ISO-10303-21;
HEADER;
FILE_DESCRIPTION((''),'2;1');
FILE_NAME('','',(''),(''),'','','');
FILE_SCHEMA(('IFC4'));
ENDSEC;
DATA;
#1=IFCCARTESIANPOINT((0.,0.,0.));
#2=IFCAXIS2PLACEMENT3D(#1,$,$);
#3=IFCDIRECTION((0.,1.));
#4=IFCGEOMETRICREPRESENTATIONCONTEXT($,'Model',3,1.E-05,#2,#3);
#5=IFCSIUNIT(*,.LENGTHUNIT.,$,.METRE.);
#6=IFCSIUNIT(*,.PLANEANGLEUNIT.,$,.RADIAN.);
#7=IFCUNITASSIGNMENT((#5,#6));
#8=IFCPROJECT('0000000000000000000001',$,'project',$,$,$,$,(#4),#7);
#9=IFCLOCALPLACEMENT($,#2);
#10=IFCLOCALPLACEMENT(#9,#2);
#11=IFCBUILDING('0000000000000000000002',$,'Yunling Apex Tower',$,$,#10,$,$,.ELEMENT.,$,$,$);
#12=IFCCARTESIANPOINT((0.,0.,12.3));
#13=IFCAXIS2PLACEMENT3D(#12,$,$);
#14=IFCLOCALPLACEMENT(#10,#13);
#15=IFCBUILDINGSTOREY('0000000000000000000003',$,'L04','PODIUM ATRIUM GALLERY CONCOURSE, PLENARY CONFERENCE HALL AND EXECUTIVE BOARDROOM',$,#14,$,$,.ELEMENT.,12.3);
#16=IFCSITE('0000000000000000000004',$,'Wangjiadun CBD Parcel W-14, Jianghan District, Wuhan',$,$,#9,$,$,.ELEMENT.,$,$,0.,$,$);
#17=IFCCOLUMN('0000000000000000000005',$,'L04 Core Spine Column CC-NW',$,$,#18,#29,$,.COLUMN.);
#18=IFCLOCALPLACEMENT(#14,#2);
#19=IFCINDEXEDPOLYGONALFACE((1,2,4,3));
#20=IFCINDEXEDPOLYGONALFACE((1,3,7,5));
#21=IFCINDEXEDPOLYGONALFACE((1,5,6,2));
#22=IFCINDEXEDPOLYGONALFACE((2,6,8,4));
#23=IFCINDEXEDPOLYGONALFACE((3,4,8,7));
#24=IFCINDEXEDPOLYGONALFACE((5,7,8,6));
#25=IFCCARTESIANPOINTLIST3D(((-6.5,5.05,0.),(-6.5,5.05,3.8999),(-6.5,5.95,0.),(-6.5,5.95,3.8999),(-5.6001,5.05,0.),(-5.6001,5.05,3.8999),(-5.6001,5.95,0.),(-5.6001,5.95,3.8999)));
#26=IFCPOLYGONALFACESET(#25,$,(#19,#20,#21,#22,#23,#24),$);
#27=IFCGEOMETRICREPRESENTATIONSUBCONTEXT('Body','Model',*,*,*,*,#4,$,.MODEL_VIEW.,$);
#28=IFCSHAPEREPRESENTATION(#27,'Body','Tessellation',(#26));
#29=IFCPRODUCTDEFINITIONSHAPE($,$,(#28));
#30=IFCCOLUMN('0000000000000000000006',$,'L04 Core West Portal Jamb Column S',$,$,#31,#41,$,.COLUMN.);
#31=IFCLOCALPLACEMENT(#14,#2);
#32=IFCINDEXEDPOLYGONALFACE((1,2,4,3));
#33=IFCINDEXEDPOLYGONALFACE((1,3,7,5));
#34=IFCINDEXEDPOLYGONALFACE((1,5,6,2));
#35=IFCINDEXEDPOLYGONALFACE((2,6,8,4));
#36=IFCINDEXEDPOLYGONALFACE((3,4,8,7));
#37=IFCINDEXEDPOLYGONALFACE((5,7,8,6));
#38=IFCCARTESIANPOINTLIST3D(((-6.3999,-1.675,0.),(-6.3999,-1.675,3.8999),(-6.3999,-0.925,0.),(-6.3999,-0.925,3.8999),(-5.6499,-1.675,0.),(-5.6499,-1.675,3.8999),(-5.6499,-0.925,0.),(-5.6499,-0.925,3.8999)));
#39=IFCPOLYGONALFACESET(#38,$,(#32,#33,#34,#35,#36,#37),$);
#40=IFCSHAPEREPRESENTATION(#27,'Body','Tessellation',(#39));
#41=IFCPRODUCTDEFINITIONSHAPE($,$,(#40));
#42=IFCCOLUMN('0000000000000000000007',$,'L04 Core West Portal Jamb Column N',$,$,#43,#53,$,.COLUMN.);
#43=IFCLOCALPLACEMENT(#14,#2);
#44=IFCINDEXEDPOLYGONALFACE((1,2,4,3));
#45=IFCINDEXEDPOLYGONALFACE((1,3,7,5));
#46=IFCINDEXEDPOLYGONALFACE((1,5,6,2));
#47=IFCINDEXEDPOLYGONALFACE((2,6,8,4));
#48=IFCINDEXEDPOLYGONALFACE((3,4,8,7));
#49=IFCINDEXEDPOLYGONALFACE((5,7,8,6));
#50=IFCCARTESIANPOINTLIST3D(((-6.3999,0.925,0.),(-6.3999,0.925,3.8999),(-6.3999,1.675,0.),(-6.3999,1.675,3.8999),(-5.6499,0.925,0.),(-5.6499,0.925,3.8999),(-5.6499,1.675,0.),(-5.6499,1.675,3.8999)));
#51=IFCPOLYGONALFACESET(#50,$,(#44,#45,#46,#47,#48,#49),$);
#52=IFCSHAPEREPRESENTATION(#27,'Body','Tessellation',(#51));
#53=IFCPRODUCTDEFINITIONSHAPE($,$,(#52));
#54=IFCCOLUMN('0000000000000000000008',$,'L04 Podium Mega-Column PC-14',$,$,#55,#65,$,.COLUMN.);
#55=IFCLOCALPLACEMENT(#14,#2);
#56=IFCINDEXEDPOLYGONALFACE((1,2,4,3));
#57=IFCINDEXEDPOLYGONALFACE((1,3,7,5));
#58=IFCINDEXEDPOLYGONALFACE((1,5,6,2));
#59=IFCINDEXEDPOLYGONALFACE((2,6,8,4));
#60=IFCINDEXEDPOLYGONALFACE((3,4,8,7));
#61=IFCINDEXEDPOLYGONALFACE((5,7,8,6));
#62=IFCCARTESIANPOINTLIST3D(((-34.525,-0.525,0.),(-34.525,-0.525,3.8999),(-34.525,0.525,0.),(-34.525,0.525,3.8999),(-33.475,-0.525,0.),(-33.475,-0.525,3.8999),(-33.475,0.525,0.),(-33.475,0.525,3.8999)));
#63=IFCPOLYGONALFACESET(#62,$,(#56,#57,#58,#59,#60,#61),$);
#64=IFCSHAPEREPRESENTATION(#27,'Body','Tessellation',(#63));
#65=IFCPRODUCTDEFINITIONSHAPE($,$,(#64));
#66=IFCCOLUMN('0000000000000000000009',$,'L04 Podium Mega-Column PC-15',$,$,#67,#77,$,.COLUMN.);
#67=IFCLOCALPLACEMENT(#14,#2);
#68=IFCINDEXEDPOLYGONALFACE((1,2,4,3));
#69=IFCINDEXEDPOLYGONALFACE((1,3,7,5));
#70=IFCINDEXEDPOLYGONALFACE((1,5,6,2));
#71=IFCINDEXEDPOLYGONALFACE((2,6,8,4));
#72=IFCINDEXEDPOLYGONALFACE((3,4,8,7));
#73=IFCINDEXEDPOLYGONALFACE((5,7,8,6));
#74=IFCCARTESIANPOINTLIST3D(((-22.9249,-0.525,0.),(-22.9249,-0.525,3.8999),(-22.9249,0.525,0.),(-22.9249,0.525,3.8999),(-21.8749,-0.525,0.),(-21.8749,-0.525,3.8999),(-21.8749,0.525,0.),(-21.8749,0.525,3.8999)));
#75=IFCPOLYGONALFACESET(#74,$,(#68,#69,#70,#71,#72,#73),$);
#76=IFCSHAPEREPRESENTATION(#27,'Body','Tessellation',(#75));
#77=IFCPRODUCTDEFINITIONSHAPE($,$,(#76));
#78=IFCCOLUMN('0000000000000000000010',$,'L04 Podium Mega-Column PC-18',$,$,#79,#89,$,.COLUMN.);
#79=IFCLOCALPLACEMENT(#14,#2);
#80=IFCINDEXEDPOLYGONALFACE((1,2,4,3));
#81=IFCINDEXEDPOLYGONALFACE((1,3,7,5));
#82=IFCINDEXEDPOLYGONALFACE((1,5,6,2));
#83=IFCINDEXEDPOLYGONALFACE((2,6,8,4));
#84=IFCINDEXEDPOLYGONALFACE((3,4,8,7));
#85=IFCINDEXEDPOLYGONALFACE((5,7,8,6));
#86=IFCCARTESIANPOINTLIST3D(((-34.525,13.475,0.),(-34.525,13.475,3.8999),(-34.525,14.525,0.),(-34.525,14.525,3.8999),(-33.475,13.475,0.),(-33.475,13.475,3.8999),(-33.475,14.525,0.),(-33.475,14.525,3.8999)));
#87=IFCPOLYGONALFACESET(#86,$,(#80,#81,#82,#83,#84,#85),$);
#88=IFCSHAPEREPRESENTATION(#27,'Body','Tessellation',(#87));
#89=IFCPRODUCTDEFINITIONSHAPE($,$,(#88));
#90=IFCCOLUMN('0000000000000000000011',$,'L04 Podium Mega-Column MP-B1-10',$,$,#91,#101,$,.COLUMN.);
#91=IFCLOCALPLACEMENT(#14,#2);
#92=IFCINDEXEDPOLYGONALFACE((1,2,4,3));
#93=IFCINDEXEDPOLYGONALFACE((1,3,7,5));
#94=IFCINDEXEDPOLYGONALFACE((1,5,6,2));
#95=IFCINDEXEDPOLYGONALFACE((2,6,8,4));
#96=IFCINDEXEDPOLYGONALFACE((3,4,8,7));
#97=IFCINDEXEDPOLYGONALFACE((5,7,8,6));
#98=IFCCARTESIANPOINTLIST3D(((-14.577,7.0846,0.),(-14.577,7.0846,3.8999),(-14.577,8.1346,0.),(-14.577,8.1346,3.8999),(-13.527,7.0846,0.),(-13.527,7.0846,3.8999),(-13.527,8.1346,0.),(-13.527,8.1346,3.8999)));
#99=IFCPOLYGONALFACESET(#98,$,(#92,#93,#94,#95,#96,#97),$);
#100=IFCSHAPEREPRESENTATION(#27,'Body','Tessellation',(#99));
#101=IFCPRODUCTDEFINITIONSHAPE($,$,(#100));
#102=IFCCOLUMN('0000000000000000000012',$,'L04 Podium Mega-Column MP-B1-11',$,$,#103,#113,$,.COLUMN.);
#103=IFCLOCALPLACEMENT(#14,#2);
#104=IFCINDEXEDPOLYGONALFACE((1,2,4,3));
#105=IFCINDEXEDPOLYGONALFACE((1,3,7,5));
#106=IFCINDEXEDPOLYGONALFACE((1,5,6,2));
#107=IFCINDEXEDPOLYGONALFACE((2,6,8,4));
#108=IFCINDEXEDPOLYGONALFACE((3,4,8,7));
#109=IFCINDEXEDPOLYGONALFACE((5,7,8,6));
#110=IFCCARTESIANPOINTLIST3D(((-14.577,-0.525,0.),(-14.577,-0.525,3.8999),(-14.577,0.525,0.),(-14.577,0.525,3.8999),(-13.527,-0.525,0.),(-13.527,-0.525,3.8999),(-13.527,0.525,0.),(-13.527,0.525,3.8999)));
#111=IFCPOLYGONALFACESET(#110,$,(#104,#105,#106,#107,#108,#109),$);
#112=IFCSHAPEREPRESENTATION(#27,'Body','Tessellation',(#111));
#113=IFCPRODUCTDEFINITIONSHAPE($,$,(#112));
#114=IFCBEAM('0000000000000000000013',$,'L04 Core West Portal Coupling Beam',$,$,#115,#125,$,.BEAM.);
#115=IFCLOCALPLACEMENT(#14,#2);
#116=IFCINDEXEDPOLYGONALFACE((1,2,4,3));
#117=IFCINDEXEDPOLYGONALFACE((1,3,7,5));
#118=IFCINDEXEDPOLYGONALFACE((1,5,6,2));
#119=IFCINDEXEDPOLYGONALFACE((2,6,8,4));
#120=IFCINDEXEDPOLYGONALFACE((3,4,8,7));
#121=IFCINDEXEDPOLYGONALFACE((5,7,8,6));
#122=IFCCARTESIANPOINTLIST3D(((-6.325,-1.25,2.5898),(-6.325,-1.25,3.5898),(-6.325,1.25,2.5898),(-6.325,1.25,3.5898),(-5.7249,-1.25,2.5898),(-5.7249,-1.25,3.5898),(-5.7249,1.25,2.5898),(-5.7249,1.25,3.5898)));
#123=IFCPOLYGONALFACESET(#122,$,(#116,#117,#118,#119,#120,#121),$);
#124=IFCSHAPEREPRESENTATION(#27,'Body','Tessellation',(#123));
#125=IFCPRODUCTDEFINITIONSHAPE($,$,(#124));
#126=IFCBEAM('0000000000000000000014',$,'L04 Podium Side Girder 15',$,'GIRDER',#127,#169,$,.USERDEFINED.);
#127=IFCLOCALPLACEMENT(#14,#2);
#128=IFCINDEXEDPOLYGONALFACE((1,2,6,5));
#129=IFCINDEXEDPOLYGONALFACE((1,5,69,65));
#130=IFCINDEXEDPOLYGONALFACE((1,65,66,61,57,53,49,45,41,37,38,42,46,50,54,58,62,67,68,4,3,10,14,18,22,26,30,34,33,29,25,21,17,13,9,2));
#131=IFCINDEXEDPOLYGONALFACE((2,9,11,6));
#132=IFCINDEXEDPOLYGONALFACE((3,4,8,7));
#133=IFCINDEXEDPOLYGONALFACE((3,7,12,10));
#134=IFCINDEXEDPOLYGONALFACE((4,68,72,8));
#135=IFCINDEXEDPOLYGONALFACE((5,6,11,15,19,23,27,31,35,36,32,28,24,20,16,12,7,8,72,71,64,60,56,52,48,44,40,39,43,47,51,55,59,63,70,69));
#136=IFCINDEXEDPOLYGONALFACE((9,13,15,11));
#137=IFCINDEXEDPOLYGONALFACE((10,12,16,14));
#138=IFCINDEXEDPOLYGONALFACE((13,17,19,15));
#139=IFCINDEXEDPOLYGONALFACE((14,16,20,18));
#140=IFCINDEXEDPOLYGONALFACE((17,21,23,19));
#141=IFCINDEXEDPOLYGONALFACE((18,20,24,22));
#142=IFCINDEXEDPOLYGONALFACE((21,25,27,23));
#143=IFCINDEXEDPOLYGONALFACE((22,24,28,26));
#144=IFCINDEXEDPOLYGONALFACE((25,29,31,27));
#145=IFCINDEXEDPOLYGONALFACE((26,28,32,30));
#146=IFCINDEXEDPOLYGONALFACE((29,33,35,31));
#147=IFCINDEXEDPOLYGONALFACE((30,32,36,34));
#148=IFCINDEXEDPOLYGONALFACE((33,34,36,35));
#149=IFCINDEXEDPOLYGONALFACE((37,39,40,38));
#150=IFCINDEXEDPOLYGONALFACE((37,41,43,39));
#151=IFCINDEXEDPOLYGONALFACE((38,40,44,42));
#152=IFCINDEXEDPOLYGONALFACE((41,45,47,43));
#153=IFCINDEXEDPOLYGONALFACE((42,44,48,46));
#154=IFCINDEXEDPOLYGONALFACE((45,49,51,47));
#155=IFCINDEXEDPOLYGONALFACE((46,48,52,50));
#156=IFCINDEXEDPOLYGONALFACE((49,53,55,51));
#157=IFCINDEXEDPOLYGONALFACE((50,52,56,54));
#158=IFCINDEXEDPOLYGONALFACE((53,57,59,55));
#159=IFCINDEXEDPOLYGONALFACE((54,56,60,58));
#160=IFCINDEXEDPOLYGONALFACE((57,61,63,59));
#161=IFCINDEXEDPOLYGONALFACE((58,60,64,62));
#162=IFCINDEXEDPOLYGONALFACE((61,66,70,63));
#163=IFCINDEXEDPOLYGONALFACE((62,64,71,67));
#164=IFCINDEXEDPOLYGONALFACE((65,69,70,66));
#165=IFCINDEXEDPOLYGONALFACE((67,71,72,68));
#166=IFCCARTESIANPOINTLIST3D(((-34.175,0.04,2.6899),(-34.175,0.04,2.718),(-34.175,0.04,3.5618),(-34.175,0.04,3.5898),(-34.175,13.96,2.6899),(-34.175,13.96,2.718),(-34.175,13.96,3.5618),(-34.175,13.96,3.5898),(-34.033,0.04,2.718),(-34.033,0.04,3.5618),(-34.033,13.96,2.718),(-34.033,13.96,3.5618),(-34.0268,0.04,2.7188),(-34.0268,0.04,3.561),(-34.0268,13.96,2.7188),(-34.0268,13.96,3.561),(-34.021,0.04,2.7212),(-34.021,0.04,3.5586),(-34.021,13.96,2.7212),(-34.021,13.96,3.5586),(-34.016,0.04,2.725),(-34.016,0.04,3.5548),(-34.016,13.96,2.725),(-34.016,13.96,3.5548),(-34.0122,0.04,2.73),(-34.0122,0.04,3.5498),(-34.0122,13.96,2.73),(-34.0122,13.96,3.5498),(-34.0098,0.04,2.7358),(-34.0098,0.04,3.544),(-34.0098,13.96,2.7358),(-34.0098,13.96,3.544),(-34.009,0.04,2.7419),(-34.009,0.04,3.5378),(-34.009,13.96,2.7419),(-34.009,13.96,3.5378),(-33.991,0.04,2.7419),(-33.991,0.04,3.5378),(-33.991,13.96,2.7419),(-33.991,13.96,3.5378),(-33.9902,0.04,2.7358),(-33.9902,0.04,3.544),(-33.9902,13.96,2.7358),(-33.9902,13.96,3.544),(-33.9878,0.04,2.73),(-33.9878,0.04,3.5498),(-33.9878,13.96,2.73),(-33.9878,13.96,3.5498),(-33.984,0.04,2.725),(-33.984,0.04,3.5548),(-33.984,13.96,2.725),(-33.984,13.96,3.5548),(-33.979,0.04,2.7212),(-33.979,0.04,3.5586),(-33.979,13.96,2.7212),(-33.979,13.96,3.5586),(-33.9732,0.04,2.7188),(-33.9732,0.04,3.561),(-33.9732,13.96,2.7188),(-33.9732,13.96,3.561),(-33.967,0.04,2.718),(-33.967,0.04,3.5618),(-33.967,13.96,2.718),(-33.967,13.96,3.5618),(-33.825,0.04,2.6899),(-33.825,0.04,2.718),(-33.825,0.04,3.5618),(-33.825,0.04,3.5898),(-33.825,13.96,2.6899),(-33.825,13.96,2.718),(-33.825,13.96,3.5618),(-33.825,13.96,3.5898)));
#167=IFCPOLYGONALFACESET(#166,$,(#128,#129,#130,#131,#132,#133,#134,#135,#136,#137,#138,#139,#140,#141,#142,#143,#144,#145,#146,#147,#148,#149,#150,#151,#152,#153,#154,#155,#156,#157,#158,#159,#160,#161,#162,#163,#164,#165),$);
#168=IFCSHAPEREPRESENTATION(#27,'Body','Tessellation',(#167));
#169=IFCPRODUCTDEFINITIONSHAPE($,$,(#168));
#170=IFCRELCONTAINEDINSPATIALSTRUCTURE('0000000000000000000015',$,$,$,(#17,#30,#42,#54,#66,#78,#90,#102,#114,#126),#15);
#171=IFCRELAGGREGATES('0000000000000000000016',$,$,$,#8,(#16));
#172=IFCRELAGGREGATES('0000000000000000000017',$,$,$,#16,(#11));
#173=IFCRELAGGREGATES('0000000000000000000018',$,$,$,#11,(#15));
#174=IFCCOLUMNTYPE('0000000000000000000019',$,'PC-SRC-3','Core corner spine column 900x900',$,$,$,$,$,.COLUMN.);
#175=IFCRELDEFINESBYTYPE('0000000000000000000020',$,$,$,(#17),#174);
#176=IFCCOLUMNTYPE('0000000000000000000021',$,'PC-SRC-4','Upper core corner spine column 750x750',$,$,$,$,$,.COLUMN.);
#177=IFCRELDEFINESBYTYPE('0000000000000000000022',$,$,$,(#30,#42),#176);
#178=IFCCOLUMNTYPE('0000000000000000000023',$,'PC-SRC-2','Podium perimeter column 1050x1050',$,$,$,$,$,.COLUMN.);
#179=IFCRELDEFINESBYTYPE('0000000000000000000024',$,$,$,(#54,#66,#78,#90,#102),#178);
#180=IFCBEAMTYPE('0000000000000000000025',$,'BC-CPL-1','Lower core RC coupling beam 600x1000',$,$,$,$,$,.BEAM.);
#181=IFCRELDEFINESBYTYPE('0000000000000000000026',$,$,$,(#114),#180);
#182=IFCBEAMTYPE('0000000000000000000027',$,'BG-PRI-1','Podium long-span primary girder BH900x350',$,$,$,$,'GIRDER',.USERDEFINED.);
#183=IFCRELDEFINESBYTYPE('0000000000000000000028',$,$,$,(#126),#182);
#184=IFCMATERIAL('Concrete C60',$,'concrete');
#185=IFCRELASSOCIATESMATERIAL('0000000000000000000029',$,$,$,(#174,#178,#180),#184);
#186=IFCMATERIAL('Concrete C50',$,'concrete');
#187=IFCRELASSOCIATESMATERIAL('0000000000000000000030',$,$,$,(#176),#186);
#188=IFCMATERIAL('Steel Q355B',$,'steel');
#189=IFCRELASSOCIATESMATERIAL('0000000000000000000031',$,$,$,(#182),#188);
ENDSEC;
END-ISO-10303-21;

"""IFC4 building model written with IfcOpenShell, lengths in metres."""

from ifc_helpers import new_model, si_unit, direction, frame, origin, origin_2d, place, context, subcontext, project, spatial, rectangle, i_section, extrude, source, transform, mapped, material, material_profile, profile_set, type_object, element, save


model = new_model("IFC4")

# Units and contexts
model_context = context("Model", 3, precision=1e-05, world=origin(), true_north=direction((0.0, 1.0)))
body_context = subcontext(model_context, "Body", "Model", "MODEL_VIEW")
ifc_project = project(units=[si_unit("LENGTHUNIT", "METRE"), si_unit("PLANEANGLEUNIT", "RADIAN")], contexts=[model_context])

# Site, building, storey
site_placement = place(None, origin())
site = spatial("IfcSite", under=ifc_project, at=site_placement, Name="Wangjiadun CBD Parcel W-14, Jianghan District, Wuhan", CompositionType="ELEMENT", RefElevation=0.0)
building_placement = place(site_placement, origin())
building = spatial("IfcBuilding", under=site, at=building_placement, Name="Yunling Apex Tower", CompositionType="ELEMENT")
storey_placement = place(building_placement, frame((0.0, 0.0, 12.3)))
storey = spatial("IfcBuildingStorey", under=building, at=storey_placement, Name="L04", Description="PODIUM ATRIUM GALLERY CONCOURSE, PLENARY CONFERENCE HALL AND EXECUTIVE BOARDROOM", CompositionType="ELEMENT", Elevation=12.3)

# Columns
ifc_material_1 = material(Name="Concrete C60", Category="concrete")
ifc_material_profile_1 = material_profile(ifc_material_1, rectangle(XDim=0.8999, YDim=0.8999, at=origin_2d()))
ifc_profile_set_1 = profile_set([ifc_material_profile_1], Name="Concrete C60")
column_type_1 = type_object("IfcColumnType", Name="PC-SRC-3", Description="Core corner spine column 900x900", PredefinedType="COLUMN", material=ifc_profile_set_1)
shared_shape_1 = source(origin(), body_context, "Body", "SweptSolid", [
    extrude(rectangle(XDim=0.8999, YDim=0.8999, at=origin_2d()), origin(), (0.0, 0.0, 1.0), 3.8999),
])
column_placement = place(storey_placement, frame((-6.05, 5.5, 0.0), z_axis=(0.0, 0.0, 1.0), x_axis=(1.0, 0.0, 0.0)))
element("IfcColumn", 1, at=column_placement, inside=storey, type_object=column_type_1, Name="L04 Core Spine Column CC-NW", PredefinedType="COLUMN", context=body_context, shape_type="MappedRepresentation", body=[
    mapped(shared_shape_1, transform((0.0, 0.0, 0.0), scale=1.0)),
])
ifc_material_2 = material(Name="Concrete C50", Category="concrete")
ifc_material_profile_2 = material_profile(ifc_material_2, rectangle(XDim=0.75, YDim=0.75, at=origin_2d()))
ifc_profile_set_2 = profile_set([ifc_material_profile_2], Name="Concrete C50")
column_type_2 = type_object("IfcColumnType", Name="PC-SRC-4", Description="Upper core corner spine column 750x750", PredefinedType="COLUMN", material=ifc_profile_set_2)
shared_shape_2 = source(origin(), body_context, "Body", "SweptSolid", [
    extrude(rectangle(XDim=0.75, YDim=0.75, at=origin_2d()), origin(), (0.0, 0.0, 1.0), 3.8999),
])
for number, where, z_axis, x_axis, name in (
    (2, (-6.0249, -1.3, 0.0), (0.0, 0.0, 1.0), (1.0, 0.0, 0.0), "L04 Core West Portal Jamb Column S"),
    (3, (-6.0249, 1.3, 0.0), (0.0, 0.0, 1.0), (1.0, 0.0, 0.0), "L04 Core West Portal Jamb Column N"),
):
    element("IfcColumn", number, at=place(storey_placement, frame(where, z_axis=z_axis, x_axis=x_axis)), inside=storey, type_object=column_type_2, Name=name, PredefinedType="COLUMN", context=body_context, shape_type="MappedRepresentation", body=[
        mapped(shared_shape_2, transform((0.0, 0.0, 0.0), scale=1.0)),
    ])
ifc_material_profile_3 = material_profile(ifc_material_1, rectangle(XDim=1.05, YDim=1.05, at=origin_2d()))
ifc_profile_set_3 = profile_set([ifc_material_profile_3], Name="Concrete C60")
column_type_3 = type_object("IfcColumnType", Name="PC-SRC-2", Description="Podium perimeter column 1050x1050", PredefinedType="COLUMN", material=ifc_profile_set_3)
shared_shape_3 = source(origin(), body_context, "Body", "SweptSolid", [
    extrude(rectangle(XDim=1.05, YDim=1.05, at=origin_2d()), origin(), (0.0, 0.0, 1.0), 3.8999),
])
for number, where, z_axis, x_axis, name in (
    (4, (-34.0, 0.0, 0.0), (0.0, 0.0, 1.0), (1.0, 0.0, 0.0), "L04 Podium Mega-Column PC-14"),
    (5, (-22.3999, 0.0, 0.0), (0.0, 0.0, 1.0), (1.0, 0.0, 0.0), "L04 Podium Mega-Column PC-15"),
    (6, (-34.0, 14.0, 0.0), (0.0, 0.0, 1.0), (1.0, 0.0, 0.0), "L04 Podium Mega-Column PC-18"),
    (7, (-14.052, 7.6096, 0.0), (0.0, 0.0, 1.0), (1.0, 0.0, 0.0), "L04 Podium Mega-Column MP-B1-10"),
    (8, (-14.052, 0.0, 0.0), (0.0, 0.0, 1.0), (1.0, 0.0, 0.0), "L04 Podium Mega-Column MP-B1-11"),
):
    element("IfcColumn", number, at=place(storey_placement, frame(where, z_axis=z_axis, x_axis=x_axis)), inside=storey, type_object=column_type_3, Name=name, PredefinedType="COLUMN", context=body_context, shape_type="MappedRepresentation", body=[
        mapped(shared_shape_3, transform((0.0, 0.0, 0.0), scale=1.0)),
    ])

# Beams
ifc_material_profile_4 = material_profile(ifc_material_1, rectangle(XDim=0.6001, YDim=1.0, at=origin_2d()))
ifc_profile_set_4 = profile_set([ifc_material_profile_4], Name="Concrete C60")
beam_type_1 = type_object("IfcBeamType", Name="BC-CPL-1", Description="Lower core RC coupling beam 600x1000", PredefinedType="BEAM", material=ifc_profile_set_4)
shared_shape_4 = source(origin(), body_context, "Body", "SweptSolid", [
    extrude(rectangle(XDim=0.6001, YDim=1.0, at=origin_2d()), origin(), (0.0, 0.0, 1.0), 2.5),
])
beam_1_placement = place(storey_placement, frame((-6.0249, -1.25, 3.0898), z_axis=(0.0, 1.0, 0.0), x_axis=(-1.0, 0.0, 0.0)))
element("IfcBeam", 9, at=beam_1_placement, inside=storey, type_object=beam_type_1, Name="L04 Core West Portal Coupling Beam", PredefinedType="BEAM", context=body_context, shape_type="MappedRepresentation", body=[
    mapped(shared_shape_4, transform((0.0, 0.0, 0.0), scale=1.0)),
])
ifc_material_3 = material(Name="Steel Q355B", Category="steel")
ifc_material_profile_5 = material_profile(ifc_material_3, i_section(OverallWidth=0.3501, OverallDepth=0.8999, WebThickness=0.0181, FlangeThickness=0.0281, FilletRadius=0.0239, at=origin_2d()))
ifc_profile_set_5 = profile_set([ifc_material_profile_5], Name="Steel Q355B")
beam_type_2 = type_object("IfcBeamType", Name="BG-PRI-1", Description="Podium long-span primary girder BH900x350", ElementType="GIRDER", PredefinedType="USERDEFINED", material=ifc_profile_set_5)
shared_shape_5 = source(origin(), body_context, "Body", "SweptSolid", [
    extrude(i_section(OverallWidth=0.3501, OverallDepth=0.8999, WebThickness=0.0181, FlangeThickness=0.0281, FilletRadius=0.0239, at=origin_2d()), origin(), (0.0, 0.0, 1.0), 13.9199),
])
beam_2_placement = place(storey_placement, frame((-34.0, 0.04, 3.1399), z_axis=(0.0, 1.0, 0.0), x_axis=(-1.0, 0.0, 0.0)))
element("IfcBeam", 10, at=beam_2_placement, inside=storey, type_object=beam_type_2, Name="L04 Podium Side Girder 15", ObjectType="GIRDER", PredefinedType="USERDEFINED", context=body_context, shape_type="MappedRepresentation", body=[
    mapped(shared_shape_5, transform((0.0, 0.0, 0.0), scale=1.0)),
])

save(model, "model.ifc")
